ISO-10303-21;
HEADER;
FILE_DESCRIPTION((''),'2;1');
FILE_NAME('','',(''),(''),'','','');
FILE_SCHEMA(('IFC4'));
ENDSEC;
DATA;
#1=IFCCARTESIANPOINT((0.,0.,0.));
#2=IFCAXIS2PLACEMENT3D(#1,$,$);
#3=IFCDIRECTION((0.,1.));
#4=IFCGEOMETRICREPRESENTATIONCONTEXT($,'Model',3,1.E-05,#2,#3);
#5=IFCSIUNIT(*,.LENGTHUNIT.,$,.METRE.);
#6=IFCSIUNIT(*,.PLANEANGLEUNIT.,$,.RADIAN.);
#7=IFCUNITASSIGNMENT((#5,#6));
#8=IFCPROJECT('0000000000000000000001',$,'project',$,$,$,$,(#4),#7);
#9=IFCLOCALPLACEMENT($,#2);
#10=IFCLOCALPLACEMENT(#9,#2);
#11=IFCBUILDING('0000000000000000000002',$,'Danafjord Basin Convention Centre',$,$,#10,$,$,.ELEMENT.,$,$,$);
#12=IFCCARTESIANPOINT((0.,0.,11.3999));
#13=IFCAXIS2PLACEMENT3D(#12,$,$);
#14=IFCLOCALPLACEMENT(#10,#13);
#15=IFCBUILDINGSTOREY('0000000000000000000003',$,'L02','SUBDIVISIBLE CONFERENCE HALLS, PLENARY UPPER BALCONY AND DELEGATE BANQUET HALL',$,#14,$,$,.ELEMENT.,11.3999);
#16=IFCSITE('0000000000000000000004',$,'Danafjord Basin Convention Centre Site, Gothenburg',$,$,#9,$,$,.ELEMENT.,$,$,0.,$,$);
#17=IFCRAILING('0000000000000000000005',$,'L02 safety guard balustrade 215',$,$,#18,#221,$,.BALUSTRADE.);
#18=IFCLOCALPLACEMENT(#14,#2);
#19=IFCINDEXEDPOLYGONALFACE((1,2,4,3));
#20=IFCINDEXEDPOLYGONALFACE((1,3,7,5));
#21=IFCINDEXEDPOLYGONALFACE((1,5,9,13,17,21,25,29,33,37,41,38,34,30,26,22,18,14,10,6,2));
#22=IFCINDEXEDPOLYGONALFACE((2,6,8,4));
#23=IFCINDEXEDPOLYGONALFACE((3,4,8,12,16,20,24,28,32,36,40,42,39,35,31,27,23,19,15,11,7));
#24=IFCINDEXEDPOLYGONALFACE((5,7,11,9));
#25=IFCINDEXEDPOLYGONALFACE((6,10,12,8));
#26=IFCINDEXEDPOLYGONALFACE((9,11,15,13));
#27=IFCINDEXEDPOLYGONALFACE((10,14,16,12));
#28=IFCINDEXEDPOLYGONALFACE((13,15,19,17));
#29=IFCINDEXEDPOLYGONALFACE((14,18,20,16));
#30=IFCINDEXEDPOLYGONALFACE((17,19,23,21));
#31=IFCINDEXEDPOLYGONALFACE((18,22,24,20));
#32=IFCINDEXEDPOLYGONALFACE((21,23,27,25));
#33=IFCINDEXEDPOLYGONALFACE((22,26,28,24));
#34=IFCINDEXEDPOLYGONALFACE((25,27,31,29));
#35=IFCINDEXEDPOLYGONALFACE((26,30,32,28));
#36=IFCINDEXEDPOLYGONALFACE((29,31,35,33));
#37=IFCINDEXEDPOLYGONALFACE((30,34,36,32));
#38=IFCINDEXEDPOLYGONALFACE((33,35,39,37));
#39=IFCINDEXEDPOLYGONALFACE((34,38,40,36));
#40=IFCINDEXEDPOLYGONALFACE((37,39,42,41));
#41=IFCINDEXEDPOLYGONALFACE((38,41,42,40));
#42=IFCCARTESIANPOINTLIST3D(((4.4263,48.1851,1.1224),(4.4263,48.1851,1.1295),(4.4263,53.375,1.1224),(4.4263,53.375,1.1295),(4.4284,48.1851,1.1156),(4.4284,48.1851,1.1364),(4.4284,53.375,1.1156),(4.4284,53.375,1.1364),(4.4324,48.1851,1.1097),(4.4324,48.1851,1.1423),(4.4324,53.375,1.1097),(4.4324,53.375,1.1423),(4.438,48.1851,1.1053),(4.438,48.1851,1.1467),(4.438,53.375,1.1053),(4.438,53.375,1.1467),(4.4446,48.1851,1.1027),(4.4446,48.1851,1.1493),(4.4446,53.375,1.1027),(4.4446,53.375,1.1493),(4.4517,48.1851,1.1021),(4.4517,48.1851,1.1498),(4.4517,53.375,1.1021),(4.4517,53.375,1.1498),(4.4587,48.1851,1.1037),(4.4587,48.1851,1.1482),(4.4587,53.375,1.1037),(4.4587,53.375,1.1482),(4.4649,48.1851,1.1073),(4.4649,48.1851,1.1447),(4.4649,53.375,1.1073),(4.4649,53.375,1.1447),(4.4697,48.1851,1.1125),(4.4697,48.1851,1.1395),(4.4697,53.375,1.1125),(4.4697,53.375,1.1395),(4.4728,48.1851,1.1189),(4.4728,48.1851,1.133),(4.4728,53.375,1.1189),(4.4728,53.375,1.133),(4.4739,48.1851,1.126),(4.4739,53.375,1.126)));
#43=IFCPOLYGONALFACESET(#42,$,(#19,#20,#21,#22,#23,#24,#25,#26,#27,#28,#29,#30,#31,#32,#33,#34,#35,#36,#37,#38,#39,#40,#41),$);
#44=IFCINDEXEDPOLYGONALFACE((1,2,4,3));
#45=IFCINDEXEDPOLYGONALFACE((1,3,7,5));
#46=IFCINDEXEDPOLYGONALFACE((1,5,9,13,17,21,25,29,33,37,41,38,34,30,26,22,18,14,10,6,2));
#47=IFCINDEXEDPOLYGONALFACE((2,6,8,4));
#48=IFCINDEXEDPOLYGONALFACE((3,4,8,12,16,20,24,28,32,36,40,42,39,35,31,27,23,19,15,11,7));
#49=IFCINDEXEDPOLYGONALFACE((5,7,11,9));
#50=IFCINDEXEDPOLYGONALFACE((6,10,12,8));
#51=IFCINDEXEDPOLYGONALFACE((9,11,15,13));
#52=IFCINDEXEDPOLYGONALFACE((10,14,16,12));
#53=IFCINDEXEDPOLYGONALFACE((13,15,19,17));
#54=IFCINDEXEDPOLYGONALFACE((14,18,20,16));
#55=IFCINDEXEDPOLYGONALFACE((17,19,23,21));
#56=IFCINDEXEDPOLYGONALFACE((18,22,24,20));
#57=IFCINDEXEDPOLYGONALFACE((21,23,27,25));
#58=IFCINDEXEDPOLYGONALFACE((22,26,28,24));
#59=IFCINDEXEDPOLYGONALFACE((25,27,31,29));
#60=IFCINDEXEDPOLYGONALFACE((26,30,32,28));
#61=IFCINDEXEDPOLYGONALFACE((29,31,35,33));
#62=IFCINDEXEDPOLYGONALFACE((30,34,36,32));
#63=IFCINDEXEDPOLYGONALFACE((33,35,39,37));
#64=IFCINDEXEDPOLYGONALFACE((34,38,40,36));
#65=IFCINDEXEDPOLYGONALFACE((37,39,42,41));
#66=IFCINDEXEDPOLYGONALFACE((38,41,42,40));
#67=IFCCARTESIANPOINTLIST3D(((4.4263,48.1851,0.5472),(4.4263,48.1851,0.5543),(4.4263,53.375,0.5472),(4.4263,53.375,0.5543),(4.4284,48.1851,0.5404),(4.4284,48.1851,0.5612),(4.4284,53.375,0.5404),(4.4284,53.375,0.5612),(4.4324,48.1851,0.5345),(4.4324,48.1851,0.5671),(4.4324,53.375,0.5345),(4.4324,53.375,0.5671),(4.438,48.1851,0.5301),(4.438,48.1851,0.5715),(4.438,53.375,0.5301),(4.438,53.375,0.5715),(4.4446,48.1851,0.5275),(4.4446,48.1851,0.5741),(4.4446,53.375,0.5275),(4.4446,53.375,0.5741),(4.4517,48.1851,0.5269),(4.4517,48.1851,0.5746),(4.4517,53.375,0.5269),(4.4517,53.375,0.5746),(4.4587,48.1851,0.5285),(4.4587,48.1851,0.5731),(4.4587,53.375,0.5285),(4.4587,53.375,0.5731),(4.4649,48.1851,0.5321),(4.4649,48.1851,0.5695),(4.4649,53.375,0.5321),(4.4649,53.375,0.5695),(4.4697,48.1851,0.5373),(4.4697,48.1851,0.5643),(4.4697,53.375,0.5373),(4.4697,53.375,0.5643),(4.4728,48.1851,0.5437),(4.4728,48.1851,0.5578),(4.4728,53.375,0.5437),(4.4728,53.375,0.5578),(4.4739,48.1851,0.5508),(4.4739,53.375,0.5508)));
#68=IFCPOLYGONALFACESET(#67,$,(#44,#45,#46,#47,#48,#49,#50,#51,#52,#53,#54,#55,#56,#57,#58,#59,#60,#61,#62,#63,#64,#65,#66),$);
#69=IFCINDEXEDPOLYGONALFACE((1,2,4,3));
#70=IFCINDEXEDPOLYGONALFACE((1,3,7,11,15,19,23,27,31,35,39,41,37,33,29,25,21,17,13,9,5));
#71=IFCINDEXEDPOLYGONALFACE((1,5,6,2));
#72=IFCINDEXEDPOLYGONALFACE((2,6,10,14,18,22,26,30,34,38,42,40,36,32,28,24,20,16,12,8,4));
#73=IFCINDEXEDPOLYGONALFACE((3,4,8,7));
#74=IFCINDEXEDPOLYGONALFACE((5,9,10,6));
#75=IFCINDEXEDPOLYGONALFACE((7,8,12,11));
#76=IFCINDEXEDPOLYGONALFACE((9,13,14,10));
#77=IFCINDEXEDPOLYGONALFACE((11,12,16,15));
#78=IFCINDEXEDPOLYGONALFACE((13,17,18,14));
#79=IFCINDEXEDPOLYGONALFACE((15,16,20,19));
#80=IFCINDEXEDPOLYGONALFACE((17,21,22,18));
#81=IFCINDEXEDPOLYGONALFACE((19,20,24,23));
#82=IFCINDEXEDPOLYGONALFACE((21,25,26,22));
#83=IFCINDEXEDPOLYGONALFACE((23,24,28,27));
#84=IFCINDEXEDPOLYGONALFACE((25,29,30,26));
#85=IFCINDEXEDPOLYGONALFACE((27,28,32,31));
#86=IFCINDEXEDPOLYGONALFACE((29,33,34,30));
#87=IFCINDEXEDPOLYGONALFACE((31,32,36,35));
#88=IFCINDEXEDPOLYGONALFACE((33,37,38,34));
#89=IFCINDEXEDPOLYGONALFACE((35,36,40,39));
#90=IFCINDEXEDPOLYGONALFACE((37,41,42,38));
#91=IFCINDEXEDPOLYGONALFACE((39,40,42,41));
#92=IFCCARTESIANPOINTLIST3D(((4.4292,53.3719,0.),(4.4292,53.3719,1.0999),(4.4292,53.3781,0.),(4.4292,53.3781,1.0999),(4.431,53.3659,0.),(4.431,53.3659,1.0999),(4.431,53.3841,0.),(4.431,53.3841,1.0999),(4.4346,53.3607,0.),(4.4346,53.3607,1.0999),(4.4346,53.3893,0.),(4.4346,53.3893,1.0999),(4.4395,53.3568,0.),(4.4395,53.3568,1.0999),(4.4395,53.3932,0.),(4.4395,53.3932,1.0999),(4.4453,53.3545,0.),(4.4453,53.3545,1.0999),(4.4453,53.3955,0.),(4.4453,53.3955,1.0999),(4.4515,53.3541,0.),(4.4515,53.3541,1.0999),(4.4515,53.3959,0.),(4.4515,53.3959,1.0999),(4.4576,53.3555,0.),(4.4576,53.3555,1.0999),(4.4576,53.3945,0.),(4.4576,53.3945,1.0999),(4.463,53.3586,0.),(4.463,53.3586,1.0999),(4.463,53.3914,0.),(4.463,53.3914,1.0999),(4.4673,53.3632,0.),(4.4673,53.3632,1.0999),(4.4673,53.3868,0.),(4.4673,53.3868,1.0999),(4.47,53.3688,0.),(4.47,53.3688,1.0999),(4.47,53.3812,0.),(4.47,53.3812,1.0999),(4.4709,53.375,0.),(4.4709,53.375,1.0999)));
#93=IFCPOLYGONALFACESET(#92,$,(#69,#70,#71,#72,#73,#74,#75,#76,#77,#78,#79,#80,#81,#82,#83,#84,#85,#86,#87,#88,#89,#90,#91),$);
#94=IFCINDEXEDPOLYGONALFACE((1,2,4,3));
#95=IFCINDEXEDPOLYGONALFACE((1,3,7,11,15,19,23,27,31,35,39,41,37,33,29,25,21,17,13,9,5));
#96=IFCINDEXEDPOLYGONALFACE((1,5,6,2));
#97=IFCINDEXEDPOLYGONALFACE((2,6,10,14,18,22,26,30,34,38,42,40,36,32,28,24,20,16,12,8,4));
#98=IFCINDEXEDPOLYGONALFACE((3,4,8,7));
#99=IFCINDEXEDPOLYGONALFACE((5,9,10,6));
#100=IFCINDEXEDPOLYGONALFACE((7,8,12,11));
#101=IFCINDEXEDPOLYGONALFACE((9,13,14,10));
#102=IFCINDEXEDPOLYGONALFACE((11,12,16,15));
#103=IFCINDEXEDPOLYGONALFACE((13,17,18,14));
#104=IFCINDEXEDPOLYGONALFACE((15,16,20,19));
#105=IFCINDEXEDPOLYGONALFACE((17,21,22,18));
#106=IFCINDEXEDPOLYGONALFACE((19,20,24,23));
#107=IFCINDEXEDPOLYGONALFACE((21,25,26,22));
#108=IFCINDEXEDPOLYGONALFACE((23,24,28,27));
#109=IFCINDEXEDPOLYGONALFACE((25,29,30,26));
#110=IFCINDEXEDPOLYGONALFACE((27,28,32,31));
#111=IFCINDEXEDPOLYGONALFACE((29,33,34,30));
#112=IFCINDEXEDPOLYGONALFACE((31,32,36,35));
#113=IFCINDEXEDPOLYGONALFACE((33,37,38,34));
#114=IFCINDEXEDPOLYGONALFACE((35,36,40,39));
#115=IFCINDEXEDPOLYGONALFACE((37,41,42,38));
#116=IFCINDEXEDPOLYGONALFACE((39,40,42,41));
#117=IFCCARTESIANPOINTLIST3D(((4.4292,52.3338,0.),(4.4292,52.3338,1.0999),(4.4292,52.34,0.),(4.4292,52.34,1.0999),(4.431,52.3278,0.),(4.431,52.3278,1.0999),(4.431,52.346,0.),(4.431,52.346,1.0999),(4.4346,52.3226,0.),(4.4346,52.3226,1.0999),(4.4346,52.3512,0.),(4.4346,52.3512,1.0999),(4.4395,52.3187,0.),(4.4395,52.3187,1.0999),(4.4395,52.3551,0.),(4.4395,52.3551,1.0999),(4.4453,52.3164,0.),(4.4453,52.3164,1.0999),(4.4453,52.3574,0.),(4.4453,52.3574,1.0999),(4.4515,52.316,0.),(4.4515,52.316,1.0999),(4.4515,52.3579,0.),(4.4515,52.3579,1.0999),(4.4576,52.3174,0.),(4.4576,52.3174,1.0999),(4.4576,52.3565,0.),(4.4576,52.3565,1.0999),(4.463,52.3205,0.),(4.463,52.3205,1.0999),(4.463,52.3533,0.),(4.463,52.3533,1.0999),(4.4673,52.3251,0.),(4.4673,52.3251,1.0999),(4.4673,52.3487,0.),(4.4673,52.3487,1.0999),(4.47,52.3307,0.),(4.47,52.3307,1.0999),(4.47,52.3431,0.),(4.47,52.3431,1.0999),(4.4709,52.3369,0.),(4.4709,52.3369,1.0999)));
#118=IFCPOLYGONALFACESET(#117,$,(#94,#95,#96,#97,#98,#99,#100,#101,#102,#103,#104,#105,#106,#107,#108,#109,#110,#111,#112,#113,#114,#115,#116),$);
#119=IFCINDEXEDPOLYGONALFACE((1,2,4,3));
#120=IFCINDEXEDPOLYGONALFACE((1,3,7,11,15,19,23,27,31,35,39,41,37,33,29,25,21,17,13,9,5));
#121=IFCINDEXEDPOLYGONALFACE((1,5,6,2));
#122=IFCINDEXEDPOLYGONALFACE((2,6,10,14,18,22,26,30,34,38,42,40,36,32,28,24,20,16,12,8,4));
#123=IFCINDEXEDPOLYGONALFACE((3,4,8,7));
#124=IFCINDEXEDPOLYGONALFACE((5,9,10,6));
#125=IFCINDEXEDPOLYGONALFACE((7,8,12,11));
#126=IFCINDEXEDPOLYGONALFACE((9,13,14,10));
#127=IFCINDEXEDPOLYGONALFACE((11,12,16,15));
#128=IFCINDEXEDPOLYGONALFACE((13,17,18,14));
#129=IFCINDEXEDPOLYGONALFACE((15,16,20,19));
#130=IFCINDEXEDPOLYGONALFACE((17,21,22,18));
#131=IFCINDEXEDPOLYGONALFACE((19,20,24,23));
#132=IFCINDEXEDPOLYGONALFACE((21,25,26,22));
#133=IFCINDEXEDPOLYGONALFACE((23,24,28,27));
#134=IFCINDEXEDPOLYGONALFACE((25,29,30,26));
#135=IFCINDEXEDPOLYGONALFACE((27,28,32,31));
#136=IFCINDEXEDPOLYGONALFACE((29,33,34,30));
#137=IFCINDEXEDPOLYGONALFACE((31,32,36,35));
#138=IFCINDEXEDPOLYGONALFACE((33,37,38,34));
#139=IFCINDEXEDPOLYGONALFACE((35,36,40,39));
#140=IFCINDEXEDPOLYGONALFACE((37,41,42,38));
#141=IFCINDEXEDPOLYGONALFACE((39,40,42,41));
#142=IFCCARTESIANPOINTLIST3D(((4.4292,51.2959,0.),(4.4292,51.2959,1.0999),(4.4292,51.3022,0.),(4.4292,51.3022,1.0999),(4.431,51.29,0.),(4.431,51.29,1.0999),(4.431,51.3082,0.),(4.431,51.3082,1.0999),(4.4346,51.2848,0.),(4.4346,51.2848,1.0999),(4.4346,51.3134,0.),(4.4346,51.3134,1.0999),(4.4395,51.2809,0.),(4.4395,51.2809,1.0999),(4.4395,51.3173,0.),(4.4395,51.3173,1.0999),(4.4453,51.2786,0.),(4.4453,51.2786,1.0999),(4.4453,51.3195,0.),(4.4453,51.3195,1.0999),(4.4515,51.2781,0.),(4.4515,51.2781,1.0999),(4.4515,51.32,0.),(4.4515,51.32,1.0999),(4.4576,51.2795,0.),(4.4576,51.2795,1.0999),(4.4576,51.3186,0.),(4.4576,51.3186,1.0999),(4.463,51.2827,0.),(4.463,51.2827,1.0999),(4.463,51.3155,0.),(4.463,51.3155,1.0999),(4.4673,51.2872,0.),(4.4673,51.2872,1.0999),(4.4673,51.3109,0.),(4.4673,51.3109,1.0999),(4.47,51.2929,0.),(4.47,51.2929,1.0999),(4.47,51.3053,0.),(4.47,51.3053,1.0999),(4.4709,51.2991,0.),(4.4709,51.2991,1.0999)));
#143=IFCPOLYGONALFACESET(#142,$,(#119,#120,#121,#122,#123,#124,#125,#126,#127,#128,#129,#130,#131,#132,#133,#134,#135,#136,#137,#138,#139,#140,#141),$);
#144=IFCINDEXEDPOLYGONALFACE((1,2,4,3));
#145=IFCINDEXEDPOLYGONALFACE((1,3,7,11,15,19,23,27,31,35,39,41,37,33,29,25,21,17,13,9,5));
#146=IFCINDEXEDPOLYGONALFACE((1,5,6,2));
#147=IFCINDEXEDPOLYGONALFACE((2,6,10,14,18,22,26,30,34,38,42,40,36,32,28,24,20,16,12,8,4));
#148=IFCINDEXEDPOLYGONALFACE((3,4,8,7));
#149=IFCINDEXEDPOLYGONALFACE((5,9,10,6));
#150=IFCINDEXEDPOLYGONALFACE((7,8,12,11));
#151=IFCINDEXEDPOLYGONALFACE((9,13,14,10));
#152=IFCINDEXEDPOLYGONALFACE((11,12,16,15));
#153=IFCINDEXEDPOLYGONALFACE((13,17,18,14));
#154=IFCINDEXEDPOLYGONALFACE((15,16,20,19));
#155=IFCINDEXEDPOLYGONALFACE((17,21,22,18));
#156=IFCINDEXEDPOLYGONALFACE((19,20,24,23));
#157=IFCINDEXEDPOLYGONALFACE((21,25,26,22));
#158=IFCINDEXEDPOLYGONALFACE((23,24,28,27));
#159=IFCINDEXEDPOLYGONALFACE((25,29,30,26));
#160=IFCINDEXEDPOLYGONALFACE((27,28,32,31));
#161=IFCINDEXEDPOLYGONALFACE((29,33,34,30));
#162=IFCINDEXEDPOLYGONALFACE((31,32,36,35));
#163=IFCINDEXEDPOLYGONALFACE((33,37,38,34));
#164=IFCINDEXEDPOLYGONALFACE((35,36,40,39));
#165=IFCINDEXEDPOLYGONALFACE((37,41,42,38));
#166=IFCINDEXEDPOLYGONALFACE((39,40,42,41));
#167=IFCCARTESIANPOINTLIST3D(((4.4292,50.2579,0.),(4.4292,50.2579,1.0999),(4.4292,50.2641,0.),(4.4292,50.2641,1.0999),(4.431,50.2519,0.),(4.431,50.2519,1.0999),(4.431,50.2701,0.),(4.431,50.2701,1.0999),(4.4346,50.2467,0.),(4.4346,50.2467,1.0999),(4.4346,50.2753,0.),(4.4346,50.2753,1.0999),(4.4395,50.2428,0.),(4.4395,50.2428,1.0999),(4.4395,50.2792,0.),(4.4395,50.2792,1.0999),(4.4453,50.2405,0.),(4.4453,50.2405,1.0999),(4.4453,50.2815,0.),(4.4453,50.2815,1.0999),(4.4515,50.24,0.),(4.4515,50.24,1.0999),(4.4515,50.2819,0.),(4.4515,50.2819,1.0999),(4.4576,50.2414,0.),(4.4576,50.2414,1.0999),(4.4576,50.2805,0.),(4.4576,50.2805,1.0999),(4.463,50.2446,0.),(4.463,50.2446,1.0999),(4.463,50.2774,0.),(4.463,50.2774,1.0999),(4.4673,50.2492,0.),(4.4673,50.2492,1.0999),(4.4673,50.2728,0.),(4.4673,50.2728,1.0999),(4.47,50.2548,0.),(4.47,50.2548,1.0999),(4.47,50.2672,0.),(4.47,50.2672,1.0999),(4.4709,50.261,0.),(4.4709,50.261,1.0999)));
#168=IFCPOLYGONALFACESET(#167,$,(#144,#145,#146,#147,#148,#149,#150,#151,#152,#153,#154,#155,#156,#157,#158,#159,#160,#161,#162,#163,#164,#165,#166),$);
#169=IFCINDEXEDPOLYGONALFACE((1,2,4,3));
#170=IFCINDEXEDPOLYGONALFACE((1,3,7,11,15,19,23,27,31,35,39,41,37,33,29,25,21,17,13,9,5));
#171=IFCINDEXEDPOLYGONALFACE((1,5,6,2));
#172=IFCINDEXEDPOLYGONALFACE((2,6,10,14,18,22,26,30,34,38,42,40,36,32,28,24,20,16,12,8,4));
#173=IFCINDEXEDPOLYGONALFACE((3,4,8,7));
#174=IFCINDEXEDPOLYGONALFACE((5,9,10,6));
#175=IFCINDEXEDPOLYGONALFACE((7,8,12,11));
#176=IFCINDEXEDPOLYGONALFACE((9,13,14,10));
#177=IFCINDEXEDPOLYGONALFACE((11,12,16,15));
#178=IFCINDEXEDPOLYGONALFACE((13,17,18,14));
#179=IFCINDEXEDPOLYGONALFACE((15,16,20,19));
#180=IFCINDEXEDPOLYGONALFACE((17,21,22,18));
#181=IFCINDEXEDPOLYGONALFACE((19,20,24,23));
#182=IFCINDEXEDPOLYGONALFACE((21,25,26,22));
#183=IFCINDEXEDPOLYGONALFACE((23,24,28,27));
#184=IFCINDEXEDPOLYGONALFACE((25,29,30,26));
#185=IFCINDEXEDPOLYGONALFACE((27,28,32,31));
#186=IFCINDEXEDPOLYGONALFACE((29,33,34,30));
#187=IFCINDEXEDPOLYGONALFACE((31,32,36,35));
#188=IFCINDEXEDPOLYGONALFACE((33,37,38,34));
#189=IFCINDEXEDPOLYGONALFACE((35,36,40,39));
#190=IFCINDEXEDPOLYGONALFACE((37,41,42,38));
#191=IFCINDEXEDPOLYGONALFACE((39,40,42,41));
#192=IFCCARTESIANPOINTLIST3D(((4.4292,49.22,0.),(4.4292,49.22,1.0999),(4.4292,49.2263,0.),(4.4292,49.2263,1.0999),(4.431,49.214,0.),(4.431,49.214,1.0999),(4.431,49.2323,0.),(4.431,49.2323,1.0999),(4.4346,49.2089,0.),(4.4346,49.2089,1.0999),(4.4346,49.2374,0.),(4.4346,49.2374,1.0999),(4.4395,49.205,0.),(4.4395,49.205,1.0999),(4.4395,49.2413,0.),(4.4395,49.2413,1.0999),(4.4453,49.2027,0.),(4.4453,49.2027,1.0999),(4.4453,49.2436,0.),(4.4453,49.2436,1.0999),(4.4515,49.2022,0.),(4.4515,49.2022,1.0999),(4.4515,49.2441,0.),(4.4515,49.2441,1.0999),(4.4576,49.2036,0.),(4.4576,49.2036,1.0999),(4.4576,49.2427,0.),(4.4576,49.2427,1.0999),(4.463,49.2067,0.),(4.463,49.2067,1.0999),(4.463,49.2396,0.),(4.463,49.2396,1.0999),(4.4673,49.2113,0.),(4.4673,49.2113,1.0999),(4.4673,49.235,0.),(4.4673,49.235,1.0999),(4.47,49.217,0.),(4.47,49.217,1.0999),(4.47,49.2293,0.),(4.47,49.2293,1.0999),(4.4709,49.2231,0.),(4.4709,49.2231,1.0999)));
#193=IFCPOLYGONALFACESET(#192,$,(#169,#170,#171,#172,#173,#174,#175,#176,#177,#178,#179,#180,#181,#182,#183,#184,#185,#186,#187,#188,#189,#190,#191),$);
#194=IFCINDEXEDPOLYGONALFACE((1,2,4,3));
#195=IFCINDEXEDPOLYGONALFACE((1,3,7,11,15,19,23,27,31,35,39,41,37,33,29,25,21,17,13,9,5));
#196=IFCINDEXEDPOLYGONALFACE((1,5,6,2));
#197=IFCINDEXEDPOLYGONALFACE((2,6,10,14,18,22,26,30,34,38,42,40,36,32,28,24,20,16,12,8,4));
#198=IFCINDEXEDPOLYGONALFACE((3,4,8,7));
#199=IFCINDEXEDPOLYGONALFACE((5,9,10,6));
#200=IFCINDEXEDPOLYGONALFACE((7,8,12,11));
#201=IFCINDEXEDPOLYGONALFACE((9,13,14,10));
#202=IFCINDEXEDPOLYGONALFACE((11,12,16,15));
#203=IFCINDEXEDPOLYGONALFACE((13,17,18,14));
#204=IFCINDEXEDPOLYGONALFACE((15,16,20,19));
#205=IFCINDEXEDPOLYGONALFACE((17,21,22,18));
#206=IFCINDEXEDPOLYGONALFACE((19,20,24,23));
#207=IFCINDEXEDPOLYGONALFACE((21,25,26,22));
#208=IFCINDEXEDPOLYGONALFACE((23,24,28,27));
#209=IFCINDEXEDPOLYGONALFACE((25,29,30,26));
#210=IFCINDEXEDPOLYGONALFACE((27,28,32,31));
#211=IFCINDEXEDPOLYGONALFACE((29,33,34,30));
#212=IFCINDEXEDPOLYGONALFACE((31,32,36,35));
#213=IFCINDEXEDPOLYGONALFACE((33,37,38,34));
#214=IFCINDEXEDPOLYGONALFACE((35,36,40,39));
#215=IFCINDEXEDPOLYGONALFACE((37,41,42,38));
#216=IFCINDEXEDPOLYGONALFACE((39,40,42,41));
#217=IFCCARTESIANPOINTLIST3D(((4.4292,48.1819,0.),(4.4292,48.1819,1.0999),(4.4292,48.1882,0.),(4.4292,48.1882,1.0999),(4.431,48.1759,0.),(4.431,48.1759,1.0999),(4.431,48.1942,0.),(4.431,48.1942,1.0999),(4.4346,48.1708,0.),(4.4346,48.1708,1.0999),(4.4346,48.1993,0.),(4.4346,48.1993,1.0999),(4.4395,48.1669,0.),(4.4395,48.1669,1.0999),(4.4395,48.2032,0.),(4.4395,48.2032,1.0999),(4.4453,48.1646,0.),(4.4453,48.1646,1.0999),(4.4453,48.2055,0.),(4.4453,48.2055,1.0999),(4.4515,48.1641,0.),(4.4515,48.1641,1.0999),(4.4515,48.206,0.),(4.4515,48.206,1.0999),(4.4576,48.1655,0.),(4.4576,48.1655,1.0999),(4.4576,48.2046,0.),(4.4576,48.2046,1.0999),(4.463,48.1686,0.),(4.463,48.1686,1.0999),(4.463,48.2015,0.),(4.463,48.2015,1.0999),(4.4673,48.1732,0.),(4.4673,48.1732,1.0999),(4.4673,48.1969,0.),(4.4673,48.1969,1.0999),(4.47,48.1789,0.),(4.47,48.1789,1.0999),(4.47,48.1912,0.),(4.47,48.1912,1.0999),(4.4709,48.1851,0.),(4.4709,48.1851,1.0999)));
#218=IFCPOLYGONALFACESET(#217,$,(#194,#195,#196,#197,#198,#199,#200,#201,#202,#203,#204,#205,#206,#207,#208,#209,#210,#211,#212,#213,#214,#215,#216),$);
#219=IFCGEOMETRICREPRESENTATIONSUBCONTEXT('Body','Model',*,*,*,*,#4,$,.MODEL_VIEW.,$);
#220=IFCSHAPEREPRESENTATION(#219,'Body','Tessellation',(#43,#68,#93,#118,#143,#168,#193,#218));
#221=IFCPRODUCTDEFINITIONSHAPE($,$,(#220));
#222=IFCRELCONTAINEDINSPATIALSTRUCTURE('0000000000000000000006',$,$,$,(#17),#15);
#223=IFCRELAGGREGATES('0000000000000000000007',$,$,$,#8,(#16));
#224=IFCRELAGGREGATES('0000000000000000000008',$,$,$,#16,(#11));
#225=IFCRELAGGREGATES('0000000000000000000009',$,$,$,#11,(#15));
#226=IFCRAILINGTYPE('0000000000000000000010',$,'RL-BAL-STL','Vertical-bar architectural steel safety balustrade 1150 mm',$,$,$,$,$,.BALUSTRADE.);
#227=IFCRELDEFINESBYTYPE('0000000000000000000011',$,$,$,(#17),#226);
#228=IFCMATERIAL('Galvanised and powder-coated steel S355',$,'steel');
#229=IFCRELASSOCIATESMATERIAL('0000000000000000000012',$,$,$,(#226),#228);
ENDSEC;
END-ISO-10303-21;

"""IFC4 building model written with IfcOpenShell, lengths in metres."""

from ifc_helpers import new_model, si_unit, direction, frame, origin, origin_2d, place, context, subcontext, project, spatial, circle, extrude, material, type_object, element, save


model = new_model("IFC4")

# Units and contexts
model_context = context("Model", 3, precision=1e-05, world=origin(), true_north=direction((0.0, 1.0)))
body_context = subcontext(model_context, "Body", "Model", "MODEL_VIEW")
ifc_project = project(units=[si_unit("LENGTHUNIT", "METRE"), si_unit("PLANEANGLEUNIT", "RADIAN")], contexts=[model_context])

# Site, building, storey
site_placement = place(None, origin())
site = spatial("IfcSite", under=ifc_project, at=site_placement, Name="Danafjord Basin Convention Centre Site, Gothenburg", CompositionType="ELEMENT", RefElevation=0.0)
building_placement = place(site_placement, origin())
building = spatial("IfcBuilding", under=site, at=building_placement, Name="Danafjord Basin Convention Centre", CompositionType="ELEMENT")
storey_placement = place(building_placement, frame((0.0, 0.0, 11.3999)))
storey = spatial("IfcBuildingStorey", under=building, at=storey_placement, Name="L02", Description="SUBDIVISIBLE CONFERENCE HALLS, PLENARY UPPER BALCONY AND DELEGATE BANQUET HALL", CompositionType="ELEMENT", Elevation=11.3999)

# Railing
ifc_material_1 = material(Name="Galvanised and powder-coated steel S355", Category="steel")
railing_type_1 = type_object("IfcRailingType", Name="RL-BAL-STL", Description="Vertical-bar architectural steel safety balustrade 1150 mm", PredefinedType="BALUSTRADE", material=ifc_material_1)
railing_1_placement = place(storey_placement, frame((4.45, 53.375, 0.0)))
element("IfcRailing", 1, at=railing_1_placement, inside=storey, type_object=railing_type_1, Name="L02 safety guard balustrade 215", PredefinedType="BALUSTRADE", context=body_context, shape_type="SweptSolid", body=[
    extrude(circle(Radius=0.0239, at=origin_2d()), frame((0.0, 0.0, 1.126), z_axis=(0.0, -1.0, 0.0), x_axis=(1.0, 0.0, 0.0)), (0.0, 0.0, 1.0), 5.1899),
    extrude(circle(Radius=0.0239, at=origin_2d()), frame((0.0, 0.0, 0.5508), z_axis=(0.0, -1.0, 0.0), x_axis=(1.0, 0.0, 0.0)), (0.0, 0.0, 1.0), 5.1899),
    extrude(circle(Radius=0.021, at=origin_2d()), origin(), (0.0, 0.0, 1.0), 1.0999),
    extrude(circle(Radius=0.021, at=origin_2d()), frame((0.0, -1.0381, 0.0)), (0.0, 0.0, 1.0), 1.0999),
    extrude(circle(Radius=0.021, at=origin_2d()), frame((0.0, -2.0759, 0.0)), (0.0, 0.0, 1.0), 1.0999),
    extrude(circle(Radius=0.021, at=origin_2d()), frame((0.0, -3.114, 0.0)), (0.0, 0.0, 1.0), 1.0999),
    extrude(circle(Radius=0.021, at=origin_2d()), frame((0.0, -4.1519, 0.0)), (0.0, 0.0, 1.0), 1.0999),
    extrude(circle(Radius=0.021, at=origin_2d()), frame((0.0, -5.1899, 0.0)), (0.0, 0.0, 1.0), 1.0999),
])

save(model, "model.ifc")
